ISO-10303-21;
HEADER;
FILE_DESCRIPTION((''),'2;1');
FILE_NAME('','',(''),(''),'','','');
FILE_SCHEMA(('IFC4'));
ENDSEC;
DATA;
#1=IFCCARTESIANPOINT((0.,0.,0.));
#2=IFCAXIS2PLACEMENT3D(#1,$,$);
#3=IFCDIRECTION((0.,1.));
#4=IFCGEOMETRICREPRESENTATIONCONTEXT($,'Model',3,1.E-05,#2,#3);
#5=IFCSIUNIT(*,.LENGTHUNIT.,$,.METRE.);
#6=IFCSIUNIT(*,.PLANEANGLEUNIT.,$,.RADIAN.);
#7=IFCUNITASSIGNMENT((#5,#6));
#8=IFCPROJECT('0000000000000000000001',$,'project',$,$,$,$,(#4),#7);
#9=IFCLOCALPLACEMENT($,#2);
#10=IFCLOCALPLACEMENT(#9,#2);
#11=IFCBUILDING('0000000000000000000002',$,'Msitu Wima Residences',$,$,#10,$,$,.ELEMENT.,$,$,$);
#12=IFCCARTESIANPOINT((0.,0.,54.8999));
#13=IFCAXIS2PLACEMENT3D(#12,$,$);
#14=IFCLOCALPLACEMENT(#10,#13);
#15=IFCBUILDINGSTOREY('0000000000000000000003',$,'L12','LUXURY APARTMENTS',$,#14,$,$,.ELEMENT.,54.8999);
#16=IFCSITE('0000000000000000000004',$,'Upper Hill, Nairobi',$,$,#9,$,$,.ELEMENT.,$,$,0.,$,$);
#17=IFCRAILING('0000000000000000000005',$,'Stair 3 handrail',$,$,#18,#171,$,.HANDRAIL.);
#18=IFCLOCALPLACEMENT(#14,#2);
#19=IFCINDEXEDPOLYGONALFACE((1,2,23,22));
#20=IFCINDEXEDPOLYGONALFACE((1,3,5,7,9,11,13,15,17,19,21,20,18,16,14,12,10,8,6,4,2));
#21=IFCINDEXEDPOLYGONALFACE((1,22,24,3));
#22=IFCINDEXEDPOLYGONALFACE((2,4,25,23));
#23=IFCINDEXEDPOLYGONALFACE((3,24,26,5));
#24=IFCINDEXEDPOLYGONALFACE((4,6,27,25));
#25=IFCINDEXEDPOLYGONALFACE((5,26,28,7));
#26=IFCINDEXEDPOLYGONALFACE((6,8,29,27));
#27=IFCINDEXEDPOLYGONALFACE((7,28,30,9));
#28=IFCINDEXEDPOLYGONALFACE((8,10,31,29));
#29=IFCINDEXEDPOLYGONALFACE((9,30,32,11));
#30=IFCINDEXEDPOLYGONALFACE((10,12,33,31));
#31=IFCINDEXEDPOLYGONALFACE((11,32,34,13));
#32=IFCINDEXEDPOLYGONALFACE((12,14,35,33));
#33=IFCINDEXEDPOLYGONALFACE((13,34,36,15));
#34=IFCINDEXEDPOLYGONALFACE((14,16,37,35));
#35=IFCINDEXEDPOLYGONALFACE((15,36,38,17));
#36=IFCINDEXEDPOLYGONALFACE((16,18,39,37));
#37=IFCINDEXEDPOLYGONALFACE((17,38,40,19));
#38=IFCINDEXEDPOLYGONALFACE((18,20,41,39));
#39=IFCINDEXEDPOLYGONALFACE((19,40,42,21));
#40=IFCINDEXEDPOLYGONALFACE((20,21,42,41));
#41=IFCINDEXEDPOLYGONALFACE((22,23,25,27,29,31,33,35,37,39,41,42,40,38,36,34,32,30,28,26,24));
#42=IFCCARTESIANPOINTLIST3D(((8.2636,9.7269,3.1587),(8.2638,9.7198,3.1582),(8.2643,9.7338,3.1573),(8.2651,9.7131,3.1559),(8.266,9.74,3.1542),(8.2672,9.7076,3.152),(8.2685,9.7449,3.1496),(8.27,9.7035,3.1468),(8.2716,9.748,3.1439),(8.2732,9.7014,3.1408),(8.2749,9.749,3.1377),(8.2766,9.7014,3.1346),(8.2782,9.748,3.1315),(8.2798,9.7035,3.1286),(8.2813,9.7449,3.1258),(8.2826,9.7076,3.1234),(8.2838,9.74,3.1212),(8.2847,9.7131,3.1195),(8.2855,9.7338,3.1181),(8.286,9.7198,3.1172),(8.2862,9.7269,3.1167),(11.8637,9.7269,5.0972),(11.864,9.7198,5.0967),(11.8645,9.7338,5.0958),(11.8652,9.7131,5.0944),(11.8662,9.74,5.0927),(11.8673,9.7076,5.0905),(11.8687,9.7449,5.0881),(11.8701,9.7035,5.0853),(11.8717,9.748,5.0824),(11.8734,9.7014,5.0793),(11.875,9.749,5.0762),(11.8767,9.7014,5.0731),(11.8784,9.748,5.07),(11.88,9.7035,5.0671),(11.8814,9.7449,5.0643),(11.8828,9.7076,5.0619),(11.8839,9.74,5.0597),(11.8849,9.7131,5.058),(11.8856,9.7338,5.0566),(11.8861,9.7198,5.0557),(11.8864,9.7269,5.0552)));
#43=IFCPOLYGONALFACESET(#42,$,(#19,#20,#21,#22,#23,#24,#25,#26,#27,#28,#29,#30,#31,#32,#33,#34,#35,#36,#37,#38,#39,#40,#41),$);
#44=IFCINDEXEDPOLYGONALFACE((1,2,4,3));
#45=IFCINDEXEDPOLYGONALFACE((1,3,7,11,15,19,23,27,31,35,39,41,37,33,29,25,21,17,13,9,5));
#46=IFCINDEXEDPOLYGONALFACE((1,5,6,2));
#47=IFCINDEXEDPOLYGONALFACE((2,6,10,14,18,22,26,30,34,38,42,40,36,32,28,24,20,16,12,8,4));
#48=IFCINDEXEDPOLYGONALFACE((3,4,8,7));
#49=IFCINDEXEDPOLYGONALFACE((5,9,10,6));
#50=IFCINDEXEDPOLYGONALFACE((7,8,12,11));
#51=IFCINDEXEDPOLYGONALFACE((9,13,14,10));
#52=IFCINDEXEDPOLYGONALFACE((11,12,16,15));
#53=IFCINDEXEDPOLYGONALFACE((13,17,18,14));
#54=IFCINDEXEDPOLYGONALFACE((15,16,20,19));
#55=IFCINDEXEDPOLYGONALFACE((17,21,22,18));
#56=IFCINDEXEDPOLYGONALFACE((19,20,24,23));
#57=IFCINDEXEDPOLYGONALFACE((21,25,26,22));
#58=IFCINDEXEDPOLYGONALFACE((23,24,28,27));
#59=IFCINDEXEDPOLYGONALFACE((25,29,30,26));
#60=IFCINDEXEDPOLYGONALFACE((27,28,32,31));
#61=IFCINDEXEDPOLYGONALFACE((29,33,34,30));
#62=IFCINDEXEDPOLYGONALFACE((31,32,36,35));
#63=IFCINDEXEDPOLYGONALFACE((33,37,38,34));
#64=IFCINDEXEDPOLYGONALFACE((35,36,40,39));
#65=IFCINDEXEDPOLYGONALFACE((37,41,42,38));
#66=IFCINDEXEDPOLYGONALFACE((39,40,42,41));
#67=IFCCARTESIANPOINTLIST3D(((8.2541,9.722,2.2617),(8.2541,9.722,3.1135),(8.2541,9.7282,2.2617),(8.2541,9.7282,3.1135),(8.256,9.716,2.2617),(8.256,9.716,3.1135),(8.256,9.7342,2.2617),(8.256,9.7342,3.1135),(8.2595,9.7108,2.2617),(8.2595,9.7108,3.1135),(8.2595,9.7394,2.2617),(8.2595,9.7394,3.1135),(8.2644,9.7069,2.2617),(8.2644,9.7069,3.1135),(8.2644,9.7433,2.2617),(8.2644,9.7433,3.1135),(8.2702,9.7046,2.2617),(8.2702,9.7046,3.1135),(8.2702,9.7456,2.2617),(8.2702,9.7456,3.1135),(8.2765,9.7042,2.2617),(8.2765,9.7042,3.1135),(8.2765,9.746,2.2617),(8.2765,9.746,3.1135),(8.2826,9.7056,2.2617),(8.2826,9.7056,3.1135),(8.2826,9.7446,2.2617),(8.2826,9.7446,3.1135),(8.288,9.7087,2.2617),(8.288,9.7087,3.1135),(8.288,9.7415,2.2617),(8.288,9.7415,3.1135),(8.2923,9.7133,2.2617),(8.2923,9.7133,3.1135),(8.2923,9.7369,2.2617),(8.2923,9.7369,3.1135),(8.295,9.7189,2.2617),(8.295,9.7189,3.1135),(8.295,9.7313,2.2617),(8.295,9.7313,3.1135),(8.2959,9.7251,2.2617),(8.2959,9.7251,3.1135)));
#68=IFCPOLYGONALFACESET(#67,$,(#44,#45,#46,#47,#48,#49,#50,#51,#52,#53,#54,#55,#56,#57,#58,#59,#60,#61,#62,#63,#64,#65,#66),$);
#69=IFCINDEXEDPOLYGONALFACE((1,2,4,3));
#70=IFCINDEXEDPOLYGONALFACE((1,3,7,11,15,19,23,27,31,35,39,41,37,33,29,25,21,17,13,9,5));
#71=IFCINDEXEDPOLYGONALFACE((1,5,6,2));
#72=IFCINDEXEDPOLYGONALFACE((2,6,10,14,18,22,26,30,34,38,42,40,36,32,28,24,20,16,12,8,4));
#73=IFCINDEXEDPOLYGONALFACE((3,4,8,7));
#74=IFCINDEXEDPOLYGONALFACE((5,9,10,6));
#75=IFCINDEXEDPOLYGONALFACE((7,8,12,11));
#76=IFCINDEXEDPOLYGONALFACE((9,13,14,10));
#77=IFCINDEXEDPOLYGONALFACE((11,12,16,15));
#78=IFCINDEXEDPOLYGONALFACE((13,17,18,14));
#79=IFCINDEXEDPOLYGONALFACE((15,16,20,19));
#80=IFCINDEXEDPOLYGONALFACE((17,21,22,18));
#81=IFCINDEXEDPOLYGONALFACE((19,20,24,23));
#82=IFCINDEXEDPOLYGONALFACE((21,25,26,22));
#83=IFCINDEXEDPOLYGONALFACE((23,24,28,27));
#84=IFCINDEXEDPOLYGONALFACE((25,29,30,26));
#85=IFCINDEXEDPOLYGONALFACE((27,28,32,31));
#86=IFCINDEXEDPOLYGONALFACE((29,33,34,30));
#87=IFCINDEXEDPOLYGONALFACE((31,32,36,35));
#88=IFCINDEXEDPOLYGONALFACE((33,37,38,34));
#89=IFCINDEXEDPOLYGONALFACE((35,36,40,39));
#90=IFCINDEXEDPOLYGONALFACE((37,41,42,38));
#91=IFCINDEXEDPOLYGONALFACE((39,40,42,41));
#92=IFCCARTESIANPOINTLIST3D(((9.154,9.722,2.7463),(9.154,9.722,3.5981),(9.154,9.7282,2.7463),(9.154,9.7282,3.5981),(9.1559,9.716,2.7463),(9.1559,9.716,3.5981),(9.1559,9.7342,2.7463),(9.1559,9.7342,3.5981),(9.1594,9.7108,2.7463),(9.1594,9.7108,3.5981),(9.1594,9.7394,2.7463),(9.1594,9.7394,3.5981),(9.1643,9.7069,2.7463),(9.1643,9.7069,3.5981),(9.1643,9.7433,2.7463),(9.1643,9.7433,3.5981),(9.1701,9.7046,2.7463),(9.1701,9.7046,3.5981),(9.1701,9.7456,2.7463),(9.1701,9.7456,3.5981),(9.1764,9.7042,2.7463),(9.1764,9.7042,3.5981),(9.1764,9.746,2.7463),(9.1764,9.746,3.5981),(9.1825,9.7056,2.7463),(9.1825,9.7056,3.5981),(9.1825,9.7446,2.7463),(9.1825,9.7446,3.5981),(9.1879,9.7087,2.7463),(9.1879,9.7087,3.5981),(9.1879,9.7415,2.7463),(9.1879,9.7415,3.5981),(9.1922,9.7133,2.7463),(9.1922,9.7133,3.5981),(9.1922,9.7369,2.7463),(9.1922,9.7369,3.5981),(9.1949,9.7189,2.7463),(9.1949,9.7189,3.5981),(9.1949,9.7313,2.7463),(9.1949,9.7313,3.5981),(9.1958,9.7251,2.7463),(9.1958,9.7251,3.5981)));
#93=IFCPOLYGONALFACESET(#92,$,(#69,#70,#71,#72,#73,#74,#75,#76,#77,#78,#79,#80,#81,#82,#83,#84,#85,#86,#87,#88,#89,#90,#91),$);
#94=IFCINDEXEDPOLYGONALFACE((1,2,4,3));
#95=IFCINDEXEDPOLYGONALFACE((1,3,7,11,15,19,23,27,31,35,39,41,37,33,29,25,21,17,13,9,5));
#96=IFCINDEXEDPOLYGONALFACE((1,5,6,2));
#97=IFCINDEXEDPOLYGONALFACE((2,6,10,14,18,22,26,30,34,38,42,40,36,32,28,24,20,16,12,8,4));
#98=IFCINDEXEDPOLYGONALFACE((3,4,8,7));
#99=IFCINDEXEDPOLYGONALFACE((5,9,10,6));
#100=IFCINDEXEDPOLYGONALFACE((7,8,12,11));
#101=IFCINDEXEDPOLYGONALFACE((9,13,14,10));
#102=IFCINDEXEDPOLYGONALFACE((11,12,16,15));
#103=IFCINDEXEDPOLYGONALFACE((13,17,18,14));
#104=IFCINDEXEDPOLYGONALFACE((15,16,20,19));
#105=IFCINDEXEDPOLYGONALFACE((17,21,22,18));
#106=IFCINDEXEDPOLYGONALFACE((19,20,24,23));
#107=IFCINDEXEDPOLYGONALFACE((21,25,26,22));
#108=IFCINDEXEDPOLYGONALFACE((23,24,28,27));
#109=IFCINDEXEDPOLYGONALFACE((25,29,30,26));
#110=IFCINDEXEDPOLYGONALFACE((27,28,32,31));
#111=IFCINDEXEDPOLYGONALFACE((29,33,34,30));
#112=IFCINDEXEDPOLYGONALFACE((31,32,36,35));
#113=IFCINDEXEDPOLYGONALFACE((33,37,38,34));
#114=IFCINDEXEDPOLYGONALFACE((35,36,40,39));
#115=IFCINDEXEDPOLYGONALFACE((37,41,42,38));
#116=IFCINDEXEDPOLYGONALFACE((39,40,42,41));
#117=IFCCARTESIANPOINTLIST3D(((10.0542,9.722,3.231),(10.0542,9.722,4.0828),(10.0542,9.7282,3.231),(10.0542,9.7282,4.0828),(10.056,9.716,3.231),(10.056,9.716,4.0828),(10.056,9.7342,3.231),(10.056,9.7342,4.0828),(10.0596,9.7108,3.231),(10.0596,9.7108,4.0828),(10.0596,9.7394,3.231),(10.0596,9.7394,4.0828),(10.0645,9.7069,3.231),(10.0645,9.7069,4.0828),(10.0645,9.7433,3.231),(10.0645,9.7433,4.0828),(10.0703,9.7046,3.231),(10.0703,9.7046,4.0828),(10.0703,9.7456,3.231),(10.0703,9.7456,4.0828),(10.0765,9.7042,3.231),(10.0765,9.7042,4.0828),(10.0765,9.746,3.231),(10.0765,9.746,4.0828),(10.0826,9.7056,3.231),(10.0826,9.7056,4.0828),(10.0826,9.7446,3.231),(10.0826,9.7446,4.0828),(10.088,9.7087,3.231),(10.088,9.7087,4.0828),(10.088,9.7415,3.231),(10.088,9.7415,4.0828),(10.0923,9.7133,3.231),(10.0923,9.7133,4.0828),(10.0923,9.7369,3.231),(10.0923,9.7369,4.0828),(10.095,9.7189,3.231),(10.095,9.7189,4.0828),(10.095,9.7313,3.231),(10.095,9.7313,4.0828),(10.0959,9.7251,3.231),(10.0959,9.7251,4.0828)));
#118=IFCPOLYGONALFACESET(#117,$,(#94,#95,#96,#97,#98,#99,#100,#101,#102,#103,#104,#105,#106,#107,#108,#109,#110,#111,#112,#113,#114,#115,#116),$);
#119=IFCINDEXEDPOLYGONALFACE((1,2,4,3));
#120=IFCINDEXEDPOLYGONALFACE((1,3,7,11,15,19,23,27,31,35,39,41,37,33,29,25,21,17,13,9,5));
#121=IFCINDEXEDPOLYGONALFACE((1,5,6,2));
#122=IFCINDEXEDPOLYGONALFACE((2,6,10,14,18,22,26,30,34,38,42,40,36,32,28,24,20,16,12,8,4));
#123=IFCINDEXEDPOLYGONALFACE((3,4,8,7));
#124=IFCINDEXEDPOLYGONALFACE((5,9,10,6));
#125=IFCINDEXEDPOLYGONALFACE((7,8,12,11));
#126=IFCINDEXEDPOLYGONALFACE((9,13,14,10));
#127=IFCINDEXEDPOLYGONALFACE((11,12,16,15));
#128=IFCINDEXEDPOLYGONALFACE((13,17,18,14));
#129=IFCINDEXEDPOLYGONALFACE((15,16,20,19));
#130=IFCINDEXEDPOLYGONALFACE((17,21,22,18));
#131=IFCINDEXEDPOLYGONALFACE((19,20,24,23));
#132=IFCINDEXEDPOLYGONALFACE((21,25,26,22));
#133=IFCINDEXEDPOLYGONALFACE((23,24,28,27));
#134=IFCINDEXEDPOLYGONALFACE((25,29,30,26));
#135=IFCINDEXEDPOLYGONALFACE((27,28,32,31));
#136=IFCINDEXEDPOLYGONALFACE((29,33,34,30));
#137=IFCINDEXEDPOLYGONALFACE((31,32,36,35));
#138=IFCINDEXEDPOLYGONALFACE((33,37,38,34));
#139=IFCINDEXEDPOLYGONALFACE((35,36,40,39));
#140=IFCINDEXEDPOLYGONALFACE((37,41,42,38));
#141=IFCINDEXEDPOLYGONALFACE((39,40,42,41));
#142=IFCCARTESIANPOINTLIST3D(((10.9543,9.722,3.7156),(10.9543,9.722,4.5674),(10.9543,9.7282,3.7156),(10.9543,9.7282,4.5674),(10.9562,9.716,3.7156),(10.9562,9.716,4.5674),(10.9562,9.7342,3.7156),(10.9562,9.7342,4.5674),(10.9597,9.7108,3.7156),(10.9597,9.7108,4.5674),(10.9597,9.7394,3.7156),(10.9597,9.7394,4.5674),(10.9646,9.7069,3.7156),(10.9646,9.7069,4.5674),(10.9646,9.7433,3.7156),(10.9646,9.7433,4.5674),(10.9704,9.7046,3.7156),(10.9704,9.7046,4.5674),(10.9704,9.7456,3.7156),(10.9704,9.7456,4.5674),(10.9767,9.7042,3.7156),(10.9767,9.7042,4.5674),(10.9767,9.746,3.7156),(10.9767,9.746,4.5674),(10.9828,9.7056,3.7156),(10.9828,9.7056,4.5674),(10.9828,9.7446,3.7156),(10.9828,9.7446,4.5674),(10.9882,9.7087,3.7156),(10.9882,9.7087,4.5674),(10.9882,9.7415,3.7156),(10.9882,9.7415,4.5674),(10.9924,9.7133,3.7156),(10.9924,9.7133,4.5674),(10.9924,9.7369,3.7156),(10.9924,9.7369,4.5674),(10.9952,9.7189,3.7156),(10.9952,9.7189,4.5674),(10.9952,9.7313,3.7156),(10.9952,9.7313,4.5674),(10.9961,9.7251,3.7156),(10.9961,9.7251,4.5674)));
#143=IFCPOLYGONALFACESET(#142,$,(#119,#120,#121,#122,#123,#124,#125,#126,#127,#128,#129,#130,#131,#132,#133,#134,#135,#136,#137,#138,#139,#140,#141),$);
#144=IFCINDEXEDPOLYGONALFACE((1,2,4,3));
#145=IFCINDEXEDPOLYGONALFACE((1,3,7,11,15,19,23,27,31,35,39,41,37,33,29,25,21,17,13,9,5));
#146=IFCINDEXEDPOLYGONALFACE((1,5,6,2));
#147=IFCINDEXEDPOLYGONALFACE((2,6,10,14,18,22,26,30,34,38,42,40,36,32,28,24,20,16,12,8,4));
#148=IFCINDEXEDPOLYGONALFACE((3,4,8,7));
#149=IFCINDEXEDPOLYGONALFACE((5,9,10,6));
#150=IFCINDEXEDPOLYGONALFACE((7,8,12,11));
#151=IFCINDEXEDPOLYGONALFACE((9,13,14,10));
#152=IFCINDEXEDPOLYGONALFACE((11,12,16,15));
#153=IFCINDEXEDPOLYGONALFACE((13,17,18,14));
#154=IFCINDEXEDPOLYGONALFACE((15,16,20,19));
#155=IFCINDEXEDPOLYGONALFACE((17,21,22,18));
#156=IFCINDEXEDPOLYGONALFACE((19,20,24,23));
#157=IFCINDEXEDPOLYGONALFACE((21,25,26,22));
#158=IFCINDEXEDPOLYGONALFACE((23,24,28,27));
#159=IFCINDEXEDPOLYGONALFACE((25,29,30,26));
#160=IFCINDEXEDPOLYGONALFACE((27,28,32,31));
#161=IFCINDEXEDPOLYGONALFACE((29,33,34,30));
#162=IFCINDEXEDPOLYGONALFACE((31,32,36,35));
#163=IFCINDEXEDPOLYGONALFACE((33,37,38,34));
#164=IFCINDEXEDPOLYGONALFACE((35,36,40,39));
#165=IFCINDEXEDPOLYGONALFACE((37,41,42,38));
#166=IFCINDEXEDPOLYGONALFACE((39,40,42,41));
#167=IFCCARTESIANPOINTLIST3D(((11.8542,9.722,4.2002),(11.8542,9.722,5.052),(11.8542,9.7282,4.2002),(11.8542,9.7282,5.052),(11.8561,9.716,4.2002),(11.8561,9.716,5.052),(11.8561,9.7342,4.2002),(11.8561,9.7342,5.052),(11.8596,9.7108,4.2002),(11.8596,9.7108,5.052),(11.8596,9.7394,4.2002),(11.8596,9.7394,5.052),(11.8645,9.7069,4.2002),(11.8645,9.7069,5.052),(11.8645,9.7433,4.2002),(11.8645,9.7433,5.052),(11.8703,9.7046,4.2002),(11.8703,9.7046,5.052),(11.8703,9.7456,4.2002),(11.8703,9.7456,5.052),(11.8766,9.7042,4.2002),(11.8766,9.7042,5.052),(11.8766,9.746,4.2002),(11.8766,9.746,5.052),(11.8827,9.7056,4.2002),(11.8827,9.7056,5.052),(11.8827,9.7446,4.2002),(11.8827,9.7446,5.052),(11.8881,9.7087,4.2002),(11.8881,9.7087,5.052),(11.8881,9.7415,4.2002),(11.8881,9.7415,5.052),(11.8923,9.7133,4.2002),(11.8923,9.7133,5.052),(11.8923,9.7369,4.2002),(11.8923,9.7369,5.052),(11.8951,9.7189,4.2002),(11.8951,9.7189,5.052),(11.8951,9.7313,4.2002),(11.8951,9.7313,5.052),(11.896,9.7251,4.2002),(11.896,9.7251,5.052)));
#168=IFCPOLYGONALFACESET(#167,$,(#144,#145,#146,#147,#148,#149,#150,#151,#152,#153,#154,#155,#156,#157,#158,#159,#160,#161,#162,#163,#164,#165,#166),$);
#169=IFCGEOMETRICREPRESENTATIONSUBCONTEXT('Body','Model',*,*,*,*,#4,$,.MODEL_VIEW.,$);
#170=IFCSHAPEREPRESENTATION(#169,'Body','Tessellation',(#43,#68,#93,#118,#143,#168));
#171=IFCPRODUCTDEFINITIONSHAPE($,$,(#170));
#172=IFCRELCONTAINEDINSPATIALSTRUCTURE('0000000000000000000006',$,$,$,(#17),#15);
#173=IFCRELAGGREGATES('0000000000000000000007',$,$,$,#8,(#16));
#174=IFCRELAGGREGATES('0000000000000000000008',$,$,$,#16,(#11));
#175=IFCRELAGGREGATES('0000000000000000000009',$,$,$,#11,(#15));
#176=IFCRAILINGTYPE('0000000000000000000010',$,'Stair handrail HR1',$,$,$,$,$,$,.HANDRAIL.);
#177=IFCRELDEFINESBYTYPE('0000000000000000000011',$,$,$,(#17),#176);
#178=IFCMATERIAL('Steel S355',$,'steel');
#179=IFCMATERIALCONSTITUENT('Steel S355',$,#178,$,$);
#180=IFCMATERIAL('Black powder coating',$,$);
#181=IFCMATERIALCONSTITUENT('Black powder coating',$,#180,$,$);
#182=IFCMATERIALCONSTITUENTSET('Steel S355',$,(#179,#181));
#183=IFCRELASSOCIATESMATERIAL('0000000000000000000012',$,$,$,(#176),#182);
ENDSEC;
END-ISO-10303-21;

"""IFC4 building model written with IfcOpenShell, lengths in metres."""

from ifc_helpers import new_model, si_unit, direction, frame, origin, origin_2d, place, context, subcontext, project, spatial, circle, extrude, material, constituent, constituent_set, type_object, element, save


model = new_model("IFC4")

# Units and contexts
model_context = context("Model", 3, precision=1e-05, world=origin(), true_north=direction((0.0, 1.0)))
body_context = subcontext(model_context, "Body", "Model", "MODEL_VIEW")
ifc_project = project(units=[si_unit("LENGTHUNIT", "METRE"), si_unit("PLANEANGLEUNIT", "RADIAN")], contexts=[model_context])

# Site, building, storey
site_placement = place(None, origin())
site = spatial("IfcSite", under=ifc_project, at=site_placement, Name="Upper Hill, Nairobi", CompositionType="ELEMENT", RefElevation=0.0)
building_placement = place(site_placement, origin())
building = spatial("IfcBuilding", under=site, at=building_placement, Name="Msitu Wima Residences", CompositionType="ELEMENT")
storey_placement = place(building_placement, frame((0.0, 0.0, 54.8999)))
storey = spatial("IfcBuildingStorey", under=building, at=storey_placement, Name="L12", Description="LUXURY APARTMENTS", CompositionType="ELEMENT", Elevation=54.8999)

# Railing
ifc_material_1 = material(Name="Steel S355", Category="steel")
ifc_constituent_1 = constituent(ifc_material_1, Name="Steel S355")
ifc_material_2 = material(Name="Black powder coating")
ifc_constituent_2 = constituent(ifc_material_2, Name="Black powder coating")
ifc_constituent_set = constituent_set(constituents=[ifc_constituent_1, ifc_constituent_2], Name="Steel S355")
railing_type = type_object("IfcRailingType", Name="Stair handrail HR1", PredefinedType="HANDRAIL", material=ifc_constituent_set)
for number, where, name in (
    (1, (8.2749, 9.7251, 2.2617), "Stair 3 handrail"),
):
    element("IfcRailing", number, at=place(storey_placement, frame(where)), inside=storey, type_object=railing_type, Name=name, PredefinedType="HANDRAIL", context=body_context, shape_type="SweptSolid", body=[
        extrude(circle(Radius=0.0239, at=origin_2d()), frame((0.0, 0.0, 0.876), z_axis=(0.880475, 0.0, 0.474093), x_axis=(0.0, 1.0, 0.0)), (0.0, 0.0, 1.0), 4.0889),
        extrude(circle(Radius=0.021, at=origin_2d()), origin(), (0.0, 0.0, 1.0), 0.8518),
        extrude(circle(Radius=0.021, at=origin_2d()), frame((0.8999, 0.0, 0.4846)), (0.0, 0.0, 1.0), 0.8518),
        extrude(circle(Radius=0.021, at=origin_2d()), frame((1.8, 0.0, 0.9692)), (0.0, 0.0, 1.0), 0.8518),
        extrude(circle(Radius=0.021, at=origin_2d()), frame((2.7002, 0.0, 1.4539)), (0.0, 0.0, 1.0), 0.8518),
        extrude(circle(Radius=0.021, at=origin_2d()), frame((3.6001, 0.0, 1.9385)), (0.0, 0.0, 1.0), 0.8518),
    ])

save(model, "model.ifc")
